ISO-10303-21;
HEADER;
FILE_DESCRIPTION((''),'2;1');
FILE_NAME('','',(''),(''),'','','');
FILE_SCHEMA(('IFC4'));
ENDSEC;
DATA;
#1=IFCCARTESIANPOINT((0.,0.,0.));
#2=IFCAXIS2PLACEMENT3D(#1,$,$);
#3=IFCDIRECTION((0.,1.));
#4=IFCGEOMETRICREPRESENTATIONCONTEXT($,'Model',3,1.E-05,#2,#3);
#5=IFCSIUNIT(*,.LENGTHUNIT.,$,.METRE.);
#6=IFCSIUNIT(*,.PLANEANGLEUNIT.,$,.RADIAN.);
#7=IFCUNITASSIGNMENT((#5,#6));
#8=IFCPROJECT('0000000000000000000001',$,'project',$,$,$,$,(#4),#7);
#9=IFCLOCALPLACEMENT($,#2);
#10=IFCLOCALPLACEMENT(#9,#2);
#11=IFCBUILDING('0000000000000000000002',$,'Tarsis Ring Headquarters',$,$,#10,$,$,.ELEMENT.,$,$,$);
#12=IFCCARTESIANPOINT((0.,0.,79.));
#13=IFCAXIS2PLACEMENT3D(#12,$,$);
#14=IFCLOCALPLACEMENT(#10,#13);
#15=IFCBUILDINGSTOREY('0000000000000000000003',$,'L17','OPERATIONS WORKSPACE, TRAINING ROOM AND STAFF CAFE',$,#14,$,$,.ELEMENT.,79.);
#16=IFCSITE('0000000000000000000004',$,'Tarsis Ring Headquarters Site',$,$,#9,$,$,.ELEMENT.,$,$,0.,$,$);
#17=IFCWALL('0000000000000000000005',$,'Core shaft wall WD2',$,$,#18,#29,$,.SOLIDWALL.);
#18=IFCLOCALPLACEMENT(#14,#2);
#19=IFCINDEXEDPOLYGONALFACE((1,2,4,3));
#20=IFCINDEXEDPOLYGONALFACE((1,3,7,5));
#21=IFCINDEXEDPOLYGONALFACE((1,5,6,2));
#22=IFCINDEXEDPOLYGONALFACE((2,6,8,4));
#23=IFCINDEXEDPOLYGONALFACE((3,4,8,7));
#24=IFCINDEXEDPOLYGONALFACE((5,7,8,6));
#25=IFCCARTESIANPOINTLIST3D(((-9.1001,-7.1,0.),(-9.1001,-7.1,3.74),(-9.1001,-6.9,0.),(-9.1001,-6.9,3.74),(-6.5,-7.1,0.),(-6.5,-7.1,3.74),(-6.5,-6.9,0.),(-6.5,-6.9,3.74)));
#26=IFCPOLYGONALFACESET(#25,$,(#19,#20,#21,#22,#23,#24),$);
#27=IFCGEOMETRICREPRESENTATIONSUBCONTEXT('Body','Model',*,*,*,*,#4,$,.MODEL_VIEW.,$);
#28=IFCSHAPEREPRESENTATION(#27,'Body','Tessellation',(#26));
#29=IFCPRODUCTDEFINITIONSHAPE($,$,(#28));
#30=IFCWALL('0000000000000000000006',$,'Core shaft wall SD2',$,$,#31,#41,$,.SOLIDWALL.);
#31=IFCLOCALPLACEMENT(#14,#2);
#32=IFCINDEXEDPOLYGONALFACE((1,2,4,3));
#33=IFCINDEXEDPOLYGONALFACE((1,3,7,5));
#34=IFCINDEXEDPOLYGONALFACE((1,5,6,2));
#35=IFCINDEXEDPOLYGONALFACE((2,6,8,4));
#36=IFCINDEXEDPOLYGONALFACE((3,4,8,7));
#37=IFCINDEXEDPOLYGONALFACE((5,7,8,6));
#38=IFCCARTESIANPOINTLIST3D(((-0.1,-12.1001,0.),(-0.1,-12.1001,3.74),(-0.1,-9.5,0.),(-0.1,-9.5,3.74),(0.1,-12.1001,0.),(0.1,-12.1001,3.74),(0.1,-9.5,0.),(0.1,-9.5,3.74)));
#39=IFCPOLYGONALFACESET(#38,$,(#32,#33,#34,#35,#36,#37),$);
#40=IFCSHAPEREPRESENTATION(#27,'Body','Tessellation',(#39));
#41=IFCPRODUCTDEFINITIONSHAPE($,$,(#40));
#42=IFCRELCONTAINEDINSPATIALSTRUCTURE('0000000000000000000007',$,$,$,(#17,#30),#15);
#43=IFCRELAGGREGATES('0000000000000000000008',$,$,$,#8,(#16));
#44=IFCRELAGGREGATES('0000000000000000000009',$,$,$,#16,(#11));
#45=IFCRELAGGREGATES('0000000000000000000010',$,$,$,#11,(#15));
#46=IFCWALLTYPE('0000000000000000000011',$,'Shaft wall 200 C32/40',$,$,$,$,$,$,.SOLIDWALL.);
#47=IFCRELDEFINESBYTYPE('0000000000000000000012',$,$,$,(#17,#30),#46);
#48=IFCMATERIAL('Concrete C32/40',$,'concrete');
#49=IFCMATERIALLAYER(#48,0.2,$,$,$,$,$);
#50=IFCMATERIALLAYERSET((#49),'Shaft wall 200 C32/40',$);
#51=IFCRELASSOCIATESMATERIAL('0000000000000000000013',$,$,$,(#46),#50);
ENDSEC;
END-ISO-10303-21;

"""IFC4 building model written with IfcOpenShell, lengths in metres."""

from ifc_helpers import new_model, si_unit, direction, frame, frame_2d, origin, place, context, subcontext, project, spatial, rectangle, extrude, material, layer, layer_set, type_object, element, save


model = new_model("IFC4")

# Units and contexts
model_context = context("Model", 3, precision=1e-05, world=origin(), true_north=direction((0.0, 1.0)))
body_context = subcontext(model_context, "Body", "Model", "MODEL_VIEW")
ifc_project = project(units=[si_unit("LENGTHUNIT", "METRE"), si_unit("PLANEANGLEUNIT", "RADIAN")], contexts=[model_context])

# Site, building, storey
site_placement = place(None, origin())
site = spatial("IfcSite", under=ifc_project, at=site_placement, Name="Tarsis Ring Headquarters Site", CompositionType="ELEMENT", RefElevation=0.0)
building_placement = place(site_placement, origin())
building = spatial("IfcBuilding", under=site, at=building_placement, Name="Tarsis Ring Headquarters", CompositionType="ELEMENT")
storey_placement = place(building_placement, frame((0.0, 0.0, 79.0)))
storey = spatial("IfcBuildingStorey", under=building, at=storey_placement, Name="L17", Description="OPERATIONS WORKSPACE, TRAINING ROOM AND STAFF CAFE", CompositionType="ELEMENT", Elevation=79.0)

# Shared definitions
ifc_material_1 = material(Name="Concrete C32/40", Category="concrete")

# Shared definitions
ifc_layer_1 = layer(ifc_material_1, 0.2)
ifc_layer_set_1 = layer_set([ifc_layer_1], Name="Shaft wall 200 C32/40")
wall_type_1 = type_object("IfcWallType", Name="Shaft wall 200 C32/40", PredefinedType="SOLIDWALL", material=ifc_layer_set_1)

# Walls
for number, where, z_axis, x_axis, name in (
    (1, (-9.1001, -7.0, 0.0), (0.0, 0.0, 1.0), (1.0, 0.0, 0.0), "Core shaft wall WD2"),
    (2, (0.0, -12.1001, 0.0), (0.0, 0.0, 1.0), (0.0, 1.0, 0.0), "Core shaft wall SD2"),
):
    element("IfcWall", number, at=place(storey_placement, frame(where, z_axis=z_axis, x_axis=x_axis)), inside=storey, type_object=wall_type_1, Name=name, PredefinedType="SOLIDWALL", context=body_context, shape_type="SweptSolid", body=[
        extrude(rectangle(XDim=2.6001, YDim=0.2, at=frame_2d((1.3, 0.0))), origin(), (0.0, 0.0, 1.0), 3.74),
    ])

save(model, "model.ifc")
